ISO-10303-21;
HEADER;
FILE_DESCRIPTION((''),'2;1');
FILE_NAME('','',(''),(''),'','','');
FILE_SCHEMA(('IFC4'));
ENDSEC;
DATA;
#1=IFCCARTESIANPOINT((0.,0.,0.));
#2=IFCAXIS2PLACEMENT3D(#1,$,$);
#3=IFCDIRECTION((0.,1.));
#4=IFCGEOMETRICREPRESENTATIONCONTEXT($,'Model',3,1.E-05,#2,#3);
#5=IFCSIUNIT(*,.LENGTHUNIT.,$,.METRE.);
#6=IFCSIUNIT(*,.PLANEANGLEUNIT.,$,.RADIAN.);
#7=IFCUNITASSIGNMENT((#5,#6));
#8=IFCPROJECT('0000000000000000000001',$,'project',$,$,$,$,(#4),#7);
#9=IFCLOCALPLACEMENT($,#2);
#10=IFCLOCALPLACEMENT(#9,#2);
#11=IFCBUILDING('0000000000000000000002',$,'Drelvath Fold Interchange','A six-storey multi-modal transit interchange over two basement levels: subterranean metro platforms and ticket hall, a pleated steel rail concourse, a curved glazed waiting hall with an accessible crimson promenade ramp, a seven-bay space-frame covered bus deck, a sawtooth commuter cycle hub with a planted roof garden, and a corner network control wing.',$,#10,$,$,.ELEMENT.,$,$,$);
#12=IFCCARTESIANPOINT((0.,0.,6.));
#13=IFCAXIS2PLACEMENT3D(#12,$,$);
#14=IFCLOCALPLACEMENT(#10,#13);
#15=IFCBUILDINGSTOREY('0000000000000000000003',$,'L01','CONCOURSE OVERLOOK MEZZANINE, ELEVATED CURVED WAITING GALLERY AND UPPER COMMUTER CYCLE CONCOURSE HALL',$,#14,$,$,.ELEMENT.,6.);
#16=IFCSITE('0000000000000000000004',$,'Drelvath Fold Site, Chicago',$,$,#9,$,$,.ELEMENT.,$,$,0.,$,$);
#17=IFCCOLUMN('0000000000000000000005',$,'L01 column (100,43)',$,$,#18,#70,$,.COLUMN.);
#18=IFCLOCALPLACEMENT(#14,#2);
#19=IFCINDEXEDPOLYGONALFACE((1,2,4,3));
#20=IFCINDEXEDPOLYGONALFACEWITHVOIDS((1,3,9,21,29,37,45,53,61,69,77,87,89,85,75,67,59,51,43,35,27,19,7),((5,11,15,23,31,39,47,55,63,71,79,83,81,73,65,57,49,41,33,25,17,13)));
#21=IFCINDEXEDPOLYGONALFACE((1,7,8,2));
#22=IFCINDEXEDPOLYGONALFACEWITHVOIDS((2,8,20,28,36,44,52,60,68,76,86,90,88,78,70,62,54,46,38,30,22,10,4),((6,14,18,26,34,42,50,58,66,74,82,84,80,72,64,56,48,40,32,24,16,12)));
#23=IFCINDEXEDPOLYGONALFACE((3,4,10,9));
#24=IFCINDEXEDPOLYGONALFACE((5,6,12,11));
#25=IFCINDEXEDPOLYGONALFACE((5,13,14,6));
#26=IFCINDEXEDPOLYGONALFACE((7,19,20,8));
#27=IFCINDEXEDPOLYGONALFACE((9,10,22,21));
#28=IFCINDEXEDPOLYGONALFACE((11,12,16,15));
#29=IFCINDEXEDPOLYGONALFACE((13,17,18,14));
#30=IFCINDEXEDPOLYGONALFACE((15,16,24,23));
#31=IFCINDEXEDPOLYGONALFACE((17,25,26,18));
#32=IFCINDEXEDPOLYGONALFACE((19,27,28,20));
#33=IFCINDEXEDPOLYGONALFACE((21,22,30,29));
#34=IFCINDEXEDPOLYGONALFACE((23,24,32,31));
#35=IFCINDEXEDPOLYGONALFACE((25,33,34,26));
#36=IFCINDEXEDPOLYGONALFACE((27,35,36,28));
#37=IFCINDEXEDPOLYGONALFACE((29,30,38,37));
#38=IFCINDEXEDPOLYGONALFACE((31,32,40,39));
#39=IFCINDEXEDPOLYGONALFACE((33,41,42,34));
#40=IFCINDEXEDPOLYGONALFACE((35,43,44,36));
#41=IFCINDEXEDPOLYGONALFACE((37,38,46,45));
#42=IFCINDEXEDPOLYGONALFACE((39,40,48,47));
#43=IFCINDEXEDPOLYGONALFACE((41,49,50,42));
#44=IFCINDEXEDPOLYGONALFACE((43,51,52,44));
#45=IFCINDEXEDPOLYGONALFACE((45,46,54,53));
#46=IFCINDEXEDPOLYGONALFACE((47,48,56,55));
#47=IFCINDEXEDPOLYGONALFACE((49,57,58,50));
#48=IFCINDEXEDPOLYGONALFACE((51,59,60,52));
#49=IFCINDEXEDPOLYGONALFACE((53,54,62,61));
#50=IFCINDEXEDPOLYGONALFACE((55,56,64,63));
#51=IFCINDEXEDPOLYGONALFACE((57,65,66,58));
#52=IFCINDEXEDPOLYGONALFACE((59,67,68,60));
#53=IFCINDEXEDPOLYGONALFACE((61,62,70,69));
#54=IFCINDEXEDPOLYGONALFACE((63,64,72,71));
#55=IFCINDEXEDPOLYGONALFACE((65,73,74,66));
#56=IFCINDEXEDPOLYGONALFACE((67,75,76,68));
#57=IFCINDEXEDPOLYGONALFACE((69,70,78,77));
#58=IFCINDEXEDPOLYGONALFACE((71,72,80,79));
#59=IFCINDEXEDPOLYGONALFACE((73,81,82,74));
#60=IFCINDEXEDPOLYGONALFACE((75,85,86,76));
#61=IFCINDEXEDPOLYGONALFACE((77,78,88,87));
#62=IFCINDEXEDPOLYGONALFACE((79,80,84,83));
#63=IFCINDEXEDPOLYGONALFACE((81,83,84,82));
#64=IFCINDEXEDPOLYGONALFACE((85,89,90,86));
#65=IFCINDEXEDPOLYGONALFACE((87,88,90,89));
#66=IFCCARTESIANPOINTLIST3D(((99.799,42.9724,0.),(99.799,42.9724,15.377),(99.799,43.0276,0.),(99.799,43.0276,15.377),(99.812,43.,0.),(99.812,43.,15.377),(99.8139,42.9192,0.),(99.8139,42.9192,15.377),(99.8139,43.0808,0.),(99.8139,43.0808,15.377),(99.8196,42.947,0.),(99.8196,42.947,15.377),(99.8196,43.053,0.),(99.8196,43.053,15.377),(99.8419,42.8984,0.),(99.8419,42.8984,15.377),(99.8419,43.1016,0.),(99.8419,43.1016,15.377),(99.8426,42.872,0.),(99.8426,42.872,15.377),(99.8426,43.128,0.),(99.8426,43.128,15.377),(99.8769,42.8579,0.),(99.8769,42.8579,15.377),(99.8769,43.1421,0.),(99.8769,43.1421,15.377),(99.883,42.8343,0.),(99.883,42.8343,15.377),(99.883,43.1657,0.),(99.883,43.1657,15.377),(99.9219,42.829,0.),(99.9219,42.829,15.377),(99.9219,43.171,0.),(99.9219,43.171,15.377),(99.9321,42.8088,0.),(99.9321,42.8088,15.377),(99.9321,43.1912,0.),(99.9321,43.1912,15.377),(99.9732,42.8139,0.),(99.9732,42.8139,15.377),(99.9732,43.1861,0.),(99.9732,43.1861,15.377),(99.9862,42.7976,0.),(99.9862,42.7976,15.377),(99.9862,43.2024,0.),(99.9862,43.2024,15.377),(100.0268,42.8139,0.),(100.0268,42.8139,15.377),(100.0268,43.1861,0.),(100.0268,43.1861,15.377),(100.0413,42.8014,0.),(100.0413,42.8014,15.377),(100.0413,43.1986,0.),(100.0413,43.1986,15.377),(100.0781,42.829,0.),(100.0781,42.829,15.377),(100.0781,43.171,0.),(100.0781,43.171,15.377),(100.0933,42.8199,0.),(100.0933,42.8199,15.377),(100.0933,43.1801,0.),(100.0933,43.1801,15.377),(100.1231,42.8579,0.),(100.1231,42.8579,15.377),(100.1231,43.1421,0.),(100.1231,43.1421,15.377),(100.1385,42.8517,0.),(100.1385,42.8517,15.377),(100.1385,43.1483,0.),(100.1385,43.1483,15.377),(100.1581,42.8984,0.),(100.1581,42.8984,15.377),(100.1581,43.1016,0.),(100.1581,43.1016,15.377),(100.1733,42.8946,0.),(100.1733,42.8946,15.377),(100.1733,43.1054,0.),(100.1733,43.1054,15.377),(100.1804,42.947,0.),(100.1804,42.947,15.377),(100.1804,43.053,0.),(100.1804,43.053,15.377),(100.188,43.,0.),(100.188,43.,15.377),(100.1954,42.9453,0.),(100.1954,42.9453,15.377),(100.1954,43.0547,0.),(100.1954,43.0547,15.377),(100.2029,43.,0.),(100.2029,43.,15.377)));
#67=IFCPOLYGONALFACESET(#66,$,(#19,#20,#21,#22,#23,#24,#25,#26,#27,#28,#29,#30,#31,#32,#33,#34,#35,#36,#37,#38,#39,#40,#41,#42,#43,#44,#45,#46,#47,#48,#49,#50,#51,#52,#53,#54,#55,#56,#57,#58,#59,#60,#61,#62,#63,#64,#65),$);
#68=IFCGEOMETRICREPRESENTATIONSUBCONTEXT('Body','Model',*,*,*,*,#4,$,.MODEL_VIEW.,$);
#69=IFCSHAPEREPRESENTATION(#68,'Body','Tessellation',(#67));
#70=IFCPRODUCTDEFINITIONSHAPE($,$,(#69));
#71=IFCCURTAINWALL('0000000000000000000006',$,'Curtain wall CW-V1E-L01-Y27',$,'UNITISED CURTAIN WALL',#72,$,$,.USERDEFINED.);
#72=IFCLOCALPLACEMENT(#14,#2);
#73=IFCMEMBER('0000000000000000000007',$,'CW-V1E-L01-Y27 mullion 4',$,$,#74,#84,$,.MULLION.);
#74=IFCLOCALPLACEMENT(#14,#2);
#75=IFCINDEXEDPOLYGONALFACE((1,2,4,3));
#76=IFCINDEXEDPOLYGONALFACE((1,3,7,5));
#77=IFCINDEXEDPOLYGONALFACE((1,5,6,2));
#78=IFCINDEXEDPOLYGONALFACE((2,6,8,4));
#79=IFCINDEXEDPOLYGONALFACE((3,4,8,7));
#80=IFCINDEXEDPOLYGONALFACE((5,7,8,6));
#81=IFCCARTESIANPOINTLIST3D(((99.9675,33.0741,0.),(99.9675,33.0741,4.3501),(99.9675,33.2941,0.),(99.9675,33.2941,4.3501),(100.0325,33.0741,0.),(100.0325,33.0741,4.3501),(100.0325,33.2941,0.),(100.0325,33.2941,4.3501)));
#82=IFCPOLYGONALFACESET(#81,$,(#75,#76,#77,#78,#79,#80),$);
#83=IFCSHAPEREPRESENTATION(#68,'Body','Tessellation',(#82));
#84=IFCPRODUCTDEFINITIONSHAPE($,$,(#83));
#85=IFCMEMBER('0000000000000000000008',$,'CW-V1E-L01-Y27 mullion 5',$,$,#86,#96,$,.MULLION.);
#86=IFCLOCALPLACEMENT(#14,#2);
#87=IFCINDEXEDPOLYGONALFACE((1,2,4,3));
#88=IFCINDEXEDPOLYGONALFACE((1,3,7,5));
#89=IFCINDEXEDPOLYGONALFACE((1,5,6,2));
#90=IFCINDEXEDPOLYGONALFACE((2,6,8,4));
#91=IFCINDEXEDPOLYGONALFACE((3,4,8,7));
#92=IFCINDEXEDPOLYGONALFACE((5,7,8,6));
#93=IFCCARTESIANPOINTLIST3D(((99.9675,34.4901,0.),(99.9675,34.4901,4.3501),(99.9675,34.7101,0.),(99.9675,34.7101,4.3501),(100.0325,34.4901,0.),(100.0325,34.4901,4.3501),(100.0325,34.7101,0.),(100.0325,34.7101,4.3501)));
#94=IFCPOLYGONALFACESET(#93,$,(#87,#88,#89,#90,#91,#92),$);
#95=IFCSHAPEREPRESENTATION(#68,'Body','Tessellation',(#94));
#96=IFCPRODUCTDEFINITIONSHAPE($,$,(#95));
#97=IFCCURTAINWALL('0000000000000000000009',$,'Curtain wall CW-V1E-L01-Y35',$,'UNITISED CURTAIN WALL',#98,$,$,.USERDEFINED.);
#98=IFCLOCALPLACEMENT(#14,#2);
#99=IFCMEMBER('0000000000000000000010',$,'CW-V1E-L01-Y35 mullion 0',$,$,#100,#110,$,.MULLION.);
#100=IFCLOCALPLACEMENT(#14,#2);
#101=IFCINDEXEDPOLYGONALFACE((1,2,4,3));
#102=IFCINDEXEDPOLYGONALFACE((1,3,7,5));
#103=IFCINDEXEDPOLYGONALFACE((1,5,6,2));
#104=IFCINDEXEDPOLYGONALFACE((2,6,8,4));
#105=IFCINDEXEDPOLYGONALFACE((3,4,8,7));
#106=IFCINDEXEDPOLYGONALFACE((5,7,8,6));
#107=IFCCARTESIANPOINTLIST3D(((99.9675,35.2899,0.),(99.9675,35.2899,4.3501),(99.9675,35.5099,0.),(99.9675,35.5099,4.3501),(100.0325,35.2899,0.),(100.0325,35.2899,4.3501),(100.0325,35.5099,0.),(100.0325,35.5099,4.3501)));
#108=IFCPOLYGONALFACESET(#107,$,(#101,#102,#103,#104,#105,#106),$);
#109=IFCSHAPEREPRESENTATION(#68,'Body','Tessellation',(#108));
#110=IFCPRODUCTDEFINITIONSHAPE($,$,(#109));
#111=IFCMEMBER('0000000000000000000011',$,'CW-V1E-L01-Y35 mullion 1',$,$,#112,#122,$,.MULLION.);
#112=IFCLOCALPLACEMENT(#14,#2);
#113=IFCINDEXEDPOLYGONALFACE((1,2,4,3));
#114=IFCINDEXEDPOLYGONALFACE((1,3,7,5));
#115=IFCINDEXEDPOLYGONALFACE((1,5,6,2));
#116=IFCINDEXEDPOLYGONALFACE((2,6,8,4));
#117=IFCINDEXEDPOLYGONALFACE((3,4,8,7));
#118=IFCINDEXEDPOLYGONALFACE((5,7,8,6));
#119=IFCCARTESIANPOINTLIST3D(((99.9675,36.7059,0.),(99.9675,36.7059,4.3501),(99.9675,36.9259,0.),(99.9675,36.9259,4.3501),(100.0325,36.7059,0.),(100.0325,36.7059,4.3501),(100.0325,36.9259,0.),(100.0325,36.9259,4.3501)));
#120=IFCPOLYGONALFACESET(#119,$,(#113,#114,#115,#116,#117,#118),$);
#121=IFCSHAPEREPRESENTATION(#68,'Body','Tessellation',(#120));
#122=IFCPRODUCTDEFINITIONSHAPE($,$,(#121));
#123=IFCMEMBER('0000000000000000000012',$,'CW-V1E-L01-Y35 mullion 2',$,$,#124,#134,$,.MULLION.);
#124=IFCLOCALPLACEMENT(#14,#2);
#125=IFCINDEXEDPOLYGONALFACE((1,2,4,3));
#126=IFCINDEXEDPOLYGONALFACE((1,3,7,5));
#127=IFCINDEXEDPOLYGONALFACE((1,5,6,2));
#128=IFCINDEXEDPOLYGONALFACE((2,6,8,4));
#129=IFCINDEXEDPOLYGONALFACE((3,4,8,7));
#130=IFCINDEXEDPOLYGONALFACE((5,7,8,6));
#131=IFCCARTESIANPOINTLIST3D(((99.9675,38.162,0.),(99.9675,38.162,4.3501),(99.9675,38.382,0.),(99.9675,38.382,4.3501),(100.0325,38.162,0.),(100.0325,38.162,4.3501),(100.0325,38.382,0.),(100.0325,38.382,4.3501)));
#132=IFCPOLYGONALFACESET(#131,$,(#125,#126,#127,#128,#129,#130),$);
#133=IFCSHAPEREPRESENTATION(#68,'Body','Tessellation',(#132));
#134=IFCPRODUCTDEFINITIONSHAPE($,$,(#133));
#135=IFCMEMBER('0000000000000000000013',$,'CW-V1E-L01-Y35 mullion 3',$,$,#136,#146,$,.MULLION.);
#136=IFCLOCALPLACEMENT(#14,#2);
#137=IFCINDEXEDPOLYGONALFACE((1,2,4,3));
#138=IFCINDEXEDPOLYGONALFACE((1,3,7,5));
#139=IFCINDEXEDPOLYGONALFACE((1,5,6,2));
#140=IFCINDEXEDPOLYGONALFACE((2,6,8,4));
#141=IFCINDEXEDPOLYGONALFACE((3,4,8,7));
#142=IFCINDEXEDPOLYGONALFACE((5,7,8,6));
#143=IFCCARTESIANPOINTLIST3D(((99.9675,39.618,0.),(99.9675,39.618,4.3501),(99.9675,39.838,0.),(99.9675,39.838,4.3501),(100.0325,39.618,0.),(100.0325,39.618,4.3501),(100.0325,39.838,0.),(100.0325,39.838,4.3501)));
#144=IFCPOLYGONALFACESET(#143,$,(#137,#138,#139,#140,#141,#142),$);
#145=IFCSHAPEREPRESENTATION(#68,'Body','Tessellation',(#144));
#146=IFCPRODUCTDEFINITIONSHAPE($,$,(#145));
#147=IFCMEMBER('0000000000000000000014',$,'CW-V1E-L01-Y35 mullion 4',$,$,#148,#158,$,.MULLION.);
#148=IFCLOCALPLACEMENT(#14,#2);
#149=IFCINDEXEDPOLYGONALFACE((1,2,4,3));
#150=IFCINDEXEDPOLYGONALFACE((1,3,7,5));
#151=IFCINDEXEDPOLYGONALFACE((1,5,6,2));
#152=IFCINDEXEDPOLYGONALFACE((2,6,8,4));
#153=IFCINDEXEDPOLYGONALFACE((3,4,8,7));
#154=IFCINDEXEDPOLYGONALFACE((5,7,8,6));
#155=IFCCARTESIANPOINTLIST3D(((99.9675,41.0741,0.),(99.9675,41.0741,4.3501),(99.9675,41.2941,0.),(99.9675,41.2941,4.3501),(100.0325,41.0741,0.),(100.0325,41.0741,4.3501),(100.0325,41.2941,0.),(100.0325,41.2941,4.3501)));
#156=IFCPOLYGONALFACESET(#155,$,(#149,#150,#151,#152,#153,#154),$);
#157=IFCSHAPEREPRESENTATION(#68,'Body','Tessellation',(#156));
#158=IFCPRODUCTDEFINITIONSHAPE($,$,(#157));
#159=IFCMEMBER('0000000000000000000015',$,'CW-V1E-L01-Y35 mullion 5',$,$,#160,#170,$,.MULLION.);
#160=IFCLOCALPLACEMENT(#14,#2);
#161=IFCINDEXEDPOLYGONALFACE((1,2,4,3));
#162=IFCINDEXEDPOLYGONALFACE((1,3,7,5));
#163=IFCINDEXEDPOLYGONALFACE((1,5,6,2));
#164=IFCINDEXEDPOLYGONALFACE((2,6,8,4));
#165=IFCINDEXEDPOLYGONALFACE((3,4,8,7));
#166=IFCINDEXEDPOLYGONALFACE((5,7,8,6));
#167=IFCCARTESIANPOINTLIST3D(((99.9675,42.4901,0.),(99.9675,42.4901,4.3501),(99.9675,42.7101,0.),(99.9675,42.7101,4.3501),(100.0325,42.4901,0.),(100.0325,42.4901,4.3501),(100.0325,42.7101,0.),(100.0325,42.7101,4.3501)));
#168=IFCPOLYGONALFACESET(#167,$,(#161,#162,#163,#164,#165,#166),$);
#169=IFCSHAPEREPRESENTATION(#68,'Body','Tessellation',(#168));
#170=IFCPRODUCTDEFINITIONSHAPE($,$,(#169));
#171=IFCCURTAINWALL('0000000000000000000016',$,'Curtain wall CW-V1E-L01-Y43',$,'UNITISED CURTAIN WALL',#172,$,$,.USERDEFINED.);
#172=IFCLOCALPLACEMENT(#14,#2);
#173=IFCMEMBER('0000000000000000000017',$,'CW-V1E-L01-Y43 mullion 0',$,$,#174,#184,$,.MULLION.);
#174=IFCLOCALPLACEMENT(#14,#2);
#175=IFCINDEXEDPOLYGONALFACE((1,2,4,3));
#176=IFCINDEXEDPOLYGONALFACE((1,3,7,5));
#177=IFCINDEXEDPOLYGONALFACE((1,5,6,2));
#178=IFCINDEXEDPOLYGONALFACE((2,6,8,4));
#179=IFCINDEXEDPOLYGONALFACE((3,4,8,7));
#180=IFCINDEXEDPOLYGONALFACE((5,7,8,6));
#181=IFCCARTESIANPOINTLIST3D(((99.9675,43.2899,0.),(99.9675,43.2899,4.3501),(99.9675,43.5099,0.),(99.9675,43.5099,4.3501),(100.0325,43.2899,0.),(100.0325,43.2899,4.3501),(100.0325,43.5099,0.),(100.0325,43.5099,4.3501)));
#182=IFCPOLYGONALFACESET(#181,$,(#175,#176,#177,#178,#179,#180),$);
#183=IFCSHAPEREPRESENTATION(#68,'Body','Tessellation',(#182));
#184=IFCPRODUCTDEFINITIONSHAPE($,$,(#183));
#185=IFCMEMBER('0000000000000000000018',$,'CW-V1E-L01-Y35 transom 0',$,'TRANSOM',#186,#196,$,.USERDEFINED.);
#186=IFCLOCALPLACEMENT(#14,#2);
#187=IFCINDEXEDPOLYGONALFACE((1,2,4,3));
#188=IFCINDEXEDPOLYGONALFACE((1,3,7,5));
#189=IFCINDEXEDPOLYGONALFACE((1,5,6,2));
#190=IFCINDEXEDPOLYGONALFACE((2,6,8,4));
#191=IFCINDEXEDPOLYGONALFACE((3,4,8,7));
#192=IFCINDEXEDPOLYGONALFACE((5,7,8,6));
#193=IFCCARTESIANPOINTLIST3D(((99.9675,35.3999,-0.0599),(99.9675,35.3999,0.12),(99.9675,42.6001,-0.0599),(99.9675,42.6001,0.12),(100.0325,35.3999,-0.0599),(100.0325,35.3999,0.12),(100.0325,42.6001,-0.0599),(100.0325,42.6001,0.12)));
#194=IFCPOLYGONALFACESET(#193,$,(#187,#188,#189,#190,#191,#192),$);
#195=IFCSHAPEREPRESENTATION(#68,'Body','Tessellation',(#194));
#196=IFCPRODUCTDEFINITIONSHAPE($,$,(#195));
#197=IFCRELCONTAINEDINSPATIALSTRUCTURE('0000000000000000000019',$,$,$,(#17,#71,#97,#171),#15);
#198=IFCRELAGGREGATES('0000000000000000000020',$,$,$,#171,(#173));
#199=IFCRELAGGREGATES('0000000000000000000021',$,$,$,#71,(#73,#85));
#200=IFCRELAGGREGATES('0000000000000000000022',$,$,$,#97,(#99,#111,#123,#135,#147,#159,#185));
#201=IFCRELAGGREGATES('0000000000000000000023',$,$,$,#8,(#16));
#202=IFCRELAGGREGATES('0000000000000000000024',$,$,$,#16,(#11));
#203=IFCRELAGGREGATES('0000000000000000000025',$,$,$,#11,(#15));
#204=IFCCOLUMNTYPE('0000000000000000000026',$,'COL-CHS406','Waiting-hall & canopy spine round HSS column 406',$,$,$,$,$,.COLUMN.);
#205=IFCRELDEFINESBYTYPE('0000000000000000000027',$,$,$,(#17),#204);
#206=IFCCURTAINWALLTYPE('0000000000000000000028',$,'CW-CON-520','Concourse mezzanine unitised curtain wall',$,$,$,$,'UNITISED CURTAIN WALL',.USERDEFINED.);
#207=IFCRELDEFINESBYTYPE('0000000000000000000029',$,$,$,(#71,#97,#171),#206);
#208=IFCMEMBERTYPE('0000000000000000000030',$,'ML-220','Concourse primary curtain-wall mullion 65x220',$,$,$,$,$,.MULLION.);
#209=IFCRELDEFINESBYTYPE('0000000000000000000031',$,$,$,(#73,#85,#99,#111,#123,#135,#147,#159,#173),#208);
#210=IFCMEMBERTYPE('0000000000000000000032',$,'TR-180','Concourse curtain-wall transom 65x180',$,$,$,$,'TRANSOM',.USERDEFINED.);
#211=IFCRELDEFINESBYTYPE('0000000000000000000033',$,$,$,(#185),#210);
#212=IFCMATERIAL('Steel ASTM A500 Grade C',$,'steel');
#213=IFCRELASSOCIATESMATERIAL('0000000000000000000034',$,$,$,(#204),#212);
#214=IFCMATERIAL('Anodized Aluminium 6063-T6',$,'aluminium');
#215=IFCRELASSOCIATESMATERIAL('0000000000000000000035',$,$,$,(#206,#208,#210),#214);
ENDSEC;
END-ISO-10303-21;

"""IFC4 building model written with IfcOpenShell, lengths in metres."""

from ifc_helpers import new_model, si_unit, direction, frame, origin, origin_2d, place, context, subcontext, project, spatial, rectangle, hollow_circle, extrude, material, material_profile, profile_set, type_object, element, aggregate, save


model = new_model("IFC4")

# Units and contexts
model_context = context("Model", 3, precision=1e-05, world=origin(), true_north=direction((0.0, 1.0)))
body_context = subcontext(model_context, "Body", "Model", "MODEL_VIEW")
ifc_project = project(units=[si_unit("LENGTHUNIT", "METRE"), si_unit("PLANEANGLEUNIT", "RADIAN")], contexts=[model_context])

# Site, building, storey
site_placement = place(None, origin())
site = spatial("IfcSite", under=ifc_project, at=site_placement, Name="Drelvath Fold Site, Chicago", CompositionType="ELEMENT", RefElevation=0.0)
building_placement = place(site_placement, origin())
building = spatial("IfcBuilding", under=site, at=building_placement, Name="Drelvath Fold Interchange", Description="A six-storey multi-modal transit interchange over two basement levels: subterranean metro platforms and ticket hall, a pleated steel rail concourse, a curved glazed waiting hall with an accessible crimson promenade ramp, a seven-bay space-frame covered bus deck, a sawtooth commuter cycle hub with a planted roof garden, and a corner network control wing.", CompositionType="ELEMENT")
storey_placement = place(building_placement, frame((0.0, 0.0, 6.0)))
storey = spatial("IfcBuildingStorey", under=building, at=storey_placement, Name="L01", Description="CONCOURSE OVERLOOK MEZZANINE, ELEVATED CURVED WAITING GALLERY AND UPPER COMMUTER CYCLE CONCOURSE HALL", CompositionType="ELEMENT", Elevation=6.0)

# Column
ifc_material_1 = material(Name="Steel ASTM A500 Grade C", Category="steel")
ifc_material_profile_1 = material_profile(ifc_material_1, hollow_circle(Radius=0.2029, WallThickness=0.0149, at=origin_2d()), Name="HSS16.000X0.625")
ifc_profile_set_1 = profile_set([ifc_material_profile_1], Name="Steel ASTM A500 Grade C")
column_type = type_object("IfcColumnType", Name="COL-CHS406", Description="Waiting-hall & canopy spine round HSS column 406", PredefinedType="COLUMN", material=ifc_profile_set_1)
column_placement = place(storey_placement, frame((100.0, 43.0, 0.0), z_axis=(0.0, 0.0, 1.0), x_axis=(1.0, 0.0, 0.0)))
element("IfcColumn", 1, at=column_placement, inside=storey, type_object=column_type, Name="L01 column (100,43)", PredefinedType="COLUMN", context=body_context, shape_type="SweptSolid", body=[
    extrude(hollow_circle(Radius=0.2029, WallThickness=0.0149, at=origin_2d()), origin(), (0.0, 0.0, 1.0), 15.377),
])

# Curtain walls, members
ifc_material_2 = material(Name="Anodized Aluminium 6063-T6", Category="aluminium")
curtain_wall_type = type_object("IfcCurtainWallType", Name="CW-CON-520", Description="Concourse mezzanine unitised curtain wall", ElementType="UNITISED CURTAIN WALL", PredefinedType="USERDEFINED", material=ifc_material_2)
curtain_wall_1_placement = place(storey_placement, origin())
curtain_wall_1 = element("IfcCurtainWall", 2, at=curtain_wall_1_placement, inside=storey, type_object=curtain_wall_type, Name="Curtain wall CW-V1E-L01-Y27", ObjectType="UNITISED CURTAIN WALL", PredefinedType="USERDEFINED")
ifc_material_profile_2 = material_profile(ifc_material_2, rectangle(XDim=0.0649, YDim=0.22, at=origin_2d()), Name="AL-M 65x220")
ifc_profile_set_2 = profile_set([ifc_material_profile_2], Name="Anodized Aluminium 6063-T6")
member_type_1 = type_object("IfcMemberType", Name="ML-220", Description="Concourse primary curtain-wall mullion 65x220", PredefinedType="MULLION", material=ifc_profile_set_2)
member_1_placement = place(storey_placement, frame((100.0, 33.1841, 0.0), z_axis=(0.0, 0.0, 1.0), x_axis=(1.0, 0.0, 0.0)))
member_1 = element("IfcMember", 3, at=member_1_placement, type_object=member_type_1, Name="CW-V1E-L01-Y27 mullion 4", PredefinedType="MULLION", context=body_context, shape_type="SweptSolid", body=[
    extrude(rectangle(XDim=0.0649, YDim=0.22, at=origin_2d()), origin(), (0.0, 0.0, 1.0), 4.3501),
])
member_2_placement = place(storey_placement, frame((100.0, 34.6001, 0.0), z_axis=(0.0, 0.0, 1.0), x_axis=(1.0, 0.0, 0.0)))
member_2 = element("IfcMember", 4, at=member_2_placement, type_object=member_type_1, Name="CW-V1E-L01-Y27 mullion 5", PredefinedType="MULLION", context=body_context, shape_type="SweptSolid", body=[
    extrude(rectangle(XDim=0.0649, YDim=0.22, at=origin_2d()), origin(), (0.0, 0.0, 1.0), 4.3501),
])
curtain_wall_2_placement = place(storey_placement, origin())
curtain_wall_2 = element("IfcCurtainWall", 5, at=curtain_wall_2_placement, inside=storey, type_object=curtain_wall_type, Name="Curtain wall CW-V1E-L01-Y35", ObjectType="UNITISED CURTAIN WALL", PredefinedType="USERDEFINED")
member_3_placement = place(storey_placement, frame((100.0, 35.3999, 0.0), z_axis=(0.0, 0.0, 1.0), x_axis=(1.0, 0.0, 0.0)))
member_3 = element("IfcMember", 6, at=member_3_placement, type_object=member_type_1, Name="CW-V1E-L01-Y35 mullion 0", PredefinedType="MULLION", context=body_context, shape_type="SweptSolid", body=[
    extrude(rectangle(XDim=0.0649, YDim=0.22, at=origin_2d()), origin(), (0.0, 0.0, 1.0), 4.3501),
])
member_4_placement = place(storey_placement, frame((100.0, 36.8159, 0.0), z_axis=(0.0, 0.0, 1.0), x_axis=(1.0, 0.0, 0.0)))
member_4 = element("IfcMember", 7, at=member_4_placement, type_object=member_type_1, Name="CW-V1E-L01-Y35 mullion 1", PredefinedType="MULLION", context=body_context, shape_type="SweptSolid", body=[
    extrude(rectangle(XDim=0.0649, YDim=0.22, at=origin_2d()), origin(), (0.0, 0.0, 1.0), 4.3501),
])
member_5_placement = place(storey_placement, frame((100.0, 38.272, 0.0), z_axis=(0.0, 0.0, 1.0), x_axis=(1.0, 0.0, 0.0)))
member_5 = element("IfcMember", 8, at=member_5_placement, type_object=member_type_1, Name="CW-V1E-L01-Y35 mullion 2", PredefinedType="MULLION", context=body_context, shape_type="SweptSolid", body=[
    extrude(rectangle(XDim=0.0649, YDim=0.22, at=origin_2d()), origin(), (0.0, 0.0, 1.0), 4.3501),
])
member_6_placement = place(storey_placement, frame((100.0, 39.728, 0.0), z_axis=(0.0, 0.0, 1.0), x_axis=(1.0, 0.0, 0.0)))
member_6 = element("IfcMember", 9, at=member_6_placement, type_object=member_type_1, Name="CW-V1E-L01-Y35 mullion 3", PredefinedType="MULLION", context=body_context, shape_type="SweptSolid", body=[
    extrude(rectangle(XDim=0.0649, YDim=0.22, at=origin_2d()), origin(), (0.0, 0.0, 1.0), 4.3501),
])
member_7_placement = place(storey_placement, frame((100.0, 41.1841, 0.0), z_axis=(0.0, 0.0, 1.0), x_axis=(1.0, 0.0, 0.0)))
member_7 = element("IfcMember", 10, at=member_7_placement, type_object=member_type_1, Name="CW-V1E-L01-Y35 mullion 4", PredefinedType="MULLION", context=body_context, shape_type="SweptSolid", body=[
    extrude(rectangle(XDim=0.0649, YDim=0.22, at=origin_2d()), origin(), (0.0, 0.0, 1.0), 4.3501),
])
member_8_placement = place(storey_placement, frame((100.0, 42.6001, 0.0), z_axis=(0.0, 0.0, 1.0), x_axis=(1.0, 0.0, 0.0)))
member_8 = element("IfcMember", 11, at=member_8_placement, type_object=member_type_1, Name="CW-V1E-L01-Y35 mullion 5", PredefinedType="MULLION", context=body_context, shape_type="SweptSolid", body=[
    extrude(rectangle(XDim=0.0649, YDim=0.22, at=origin_2d()), origin(), (0.0, 0.0, 1.0), 4.3501),
])

# Curtain wall, member
curtain_wall_3_placement = place(storey_placement, origin())
curtain_wall_3 = element("IfcCurtainWall", 12, at=curtain_wall_3_placement, inside=storey, type_object=curtain_wall_type, Name="Curtain wall CW-V1E-L01-Y43", ObjectType="UNITISED CURTAIN WALL", PredefinedType="USERDEFINED")
member_9_placement = place(storey_placement, frame((100.0, 43.3999, 0.0), z_axis=(0.0, 0.0, 1.0), x_axis=(1.0, 0.0, 0.0)))
member_9 = element("IfcMember", 13, at=member_9_placement, type_object=member_type_1, Name="CW-V1E-L01-Y43 mullion 0", PredefinedType="MULLION", context=body_context, shape_type="SweptSolid", body=[
    extrude(rectangle(XDim=0.0649, YDim=0.22, at=origin_2d()), origin(), (0.0, 0.0, 1.0), 4.3501),
])

# Member
ifc_material_profile_3 = material_profile(ifc_material_2, rectangle(XDim=0.0649, YDim=0.1799, at=origin_2d()), Name="AL-T 65x180")
ifc_profile_set_3 = profile_set([ifc_material_profile_3], Name="Anodized Aluminium 6063-T6")
member_type_2 = type_object("IfcMemberType", Name="TR-180", Description="Concourse curtain-wall transom 65x180", ElementType="TRANSOM", PredefinedType="USERDEFINED", material=ifc_profile_set_3)
member_10_placement = place(storey_placement, frame((100.0, 35.3999, 0.03), z_axis=(0.0, 1.0, 0.0), x_axis=(-1.0, 0.0, 0.0)))
member_10 = element("IfcMember", 14, at=member_10_placement, type_object=member_type_2, Name="CW-V1E-L01-Y35 transom 0", ObjectType="TRANSOM", PredefinedType="USERDEFINED", context=body_context, shape_type="SweptSolid", body=[
    extrude(rectangle(XDim=0.0649, YDim=0.1799, at=origin_2d()), origin(), (0.0, 0.0, 1.0), 7.2002),
])
aggregate(curtain_wall_3, [member_9])

aggregate(curtain_wall_1, [member_1, member_2])
aggregate(curtain_wall_2, [member_3, member_4, member_5, member_6, member_7, member_8, member_10])

save(model, "model.ifc")
